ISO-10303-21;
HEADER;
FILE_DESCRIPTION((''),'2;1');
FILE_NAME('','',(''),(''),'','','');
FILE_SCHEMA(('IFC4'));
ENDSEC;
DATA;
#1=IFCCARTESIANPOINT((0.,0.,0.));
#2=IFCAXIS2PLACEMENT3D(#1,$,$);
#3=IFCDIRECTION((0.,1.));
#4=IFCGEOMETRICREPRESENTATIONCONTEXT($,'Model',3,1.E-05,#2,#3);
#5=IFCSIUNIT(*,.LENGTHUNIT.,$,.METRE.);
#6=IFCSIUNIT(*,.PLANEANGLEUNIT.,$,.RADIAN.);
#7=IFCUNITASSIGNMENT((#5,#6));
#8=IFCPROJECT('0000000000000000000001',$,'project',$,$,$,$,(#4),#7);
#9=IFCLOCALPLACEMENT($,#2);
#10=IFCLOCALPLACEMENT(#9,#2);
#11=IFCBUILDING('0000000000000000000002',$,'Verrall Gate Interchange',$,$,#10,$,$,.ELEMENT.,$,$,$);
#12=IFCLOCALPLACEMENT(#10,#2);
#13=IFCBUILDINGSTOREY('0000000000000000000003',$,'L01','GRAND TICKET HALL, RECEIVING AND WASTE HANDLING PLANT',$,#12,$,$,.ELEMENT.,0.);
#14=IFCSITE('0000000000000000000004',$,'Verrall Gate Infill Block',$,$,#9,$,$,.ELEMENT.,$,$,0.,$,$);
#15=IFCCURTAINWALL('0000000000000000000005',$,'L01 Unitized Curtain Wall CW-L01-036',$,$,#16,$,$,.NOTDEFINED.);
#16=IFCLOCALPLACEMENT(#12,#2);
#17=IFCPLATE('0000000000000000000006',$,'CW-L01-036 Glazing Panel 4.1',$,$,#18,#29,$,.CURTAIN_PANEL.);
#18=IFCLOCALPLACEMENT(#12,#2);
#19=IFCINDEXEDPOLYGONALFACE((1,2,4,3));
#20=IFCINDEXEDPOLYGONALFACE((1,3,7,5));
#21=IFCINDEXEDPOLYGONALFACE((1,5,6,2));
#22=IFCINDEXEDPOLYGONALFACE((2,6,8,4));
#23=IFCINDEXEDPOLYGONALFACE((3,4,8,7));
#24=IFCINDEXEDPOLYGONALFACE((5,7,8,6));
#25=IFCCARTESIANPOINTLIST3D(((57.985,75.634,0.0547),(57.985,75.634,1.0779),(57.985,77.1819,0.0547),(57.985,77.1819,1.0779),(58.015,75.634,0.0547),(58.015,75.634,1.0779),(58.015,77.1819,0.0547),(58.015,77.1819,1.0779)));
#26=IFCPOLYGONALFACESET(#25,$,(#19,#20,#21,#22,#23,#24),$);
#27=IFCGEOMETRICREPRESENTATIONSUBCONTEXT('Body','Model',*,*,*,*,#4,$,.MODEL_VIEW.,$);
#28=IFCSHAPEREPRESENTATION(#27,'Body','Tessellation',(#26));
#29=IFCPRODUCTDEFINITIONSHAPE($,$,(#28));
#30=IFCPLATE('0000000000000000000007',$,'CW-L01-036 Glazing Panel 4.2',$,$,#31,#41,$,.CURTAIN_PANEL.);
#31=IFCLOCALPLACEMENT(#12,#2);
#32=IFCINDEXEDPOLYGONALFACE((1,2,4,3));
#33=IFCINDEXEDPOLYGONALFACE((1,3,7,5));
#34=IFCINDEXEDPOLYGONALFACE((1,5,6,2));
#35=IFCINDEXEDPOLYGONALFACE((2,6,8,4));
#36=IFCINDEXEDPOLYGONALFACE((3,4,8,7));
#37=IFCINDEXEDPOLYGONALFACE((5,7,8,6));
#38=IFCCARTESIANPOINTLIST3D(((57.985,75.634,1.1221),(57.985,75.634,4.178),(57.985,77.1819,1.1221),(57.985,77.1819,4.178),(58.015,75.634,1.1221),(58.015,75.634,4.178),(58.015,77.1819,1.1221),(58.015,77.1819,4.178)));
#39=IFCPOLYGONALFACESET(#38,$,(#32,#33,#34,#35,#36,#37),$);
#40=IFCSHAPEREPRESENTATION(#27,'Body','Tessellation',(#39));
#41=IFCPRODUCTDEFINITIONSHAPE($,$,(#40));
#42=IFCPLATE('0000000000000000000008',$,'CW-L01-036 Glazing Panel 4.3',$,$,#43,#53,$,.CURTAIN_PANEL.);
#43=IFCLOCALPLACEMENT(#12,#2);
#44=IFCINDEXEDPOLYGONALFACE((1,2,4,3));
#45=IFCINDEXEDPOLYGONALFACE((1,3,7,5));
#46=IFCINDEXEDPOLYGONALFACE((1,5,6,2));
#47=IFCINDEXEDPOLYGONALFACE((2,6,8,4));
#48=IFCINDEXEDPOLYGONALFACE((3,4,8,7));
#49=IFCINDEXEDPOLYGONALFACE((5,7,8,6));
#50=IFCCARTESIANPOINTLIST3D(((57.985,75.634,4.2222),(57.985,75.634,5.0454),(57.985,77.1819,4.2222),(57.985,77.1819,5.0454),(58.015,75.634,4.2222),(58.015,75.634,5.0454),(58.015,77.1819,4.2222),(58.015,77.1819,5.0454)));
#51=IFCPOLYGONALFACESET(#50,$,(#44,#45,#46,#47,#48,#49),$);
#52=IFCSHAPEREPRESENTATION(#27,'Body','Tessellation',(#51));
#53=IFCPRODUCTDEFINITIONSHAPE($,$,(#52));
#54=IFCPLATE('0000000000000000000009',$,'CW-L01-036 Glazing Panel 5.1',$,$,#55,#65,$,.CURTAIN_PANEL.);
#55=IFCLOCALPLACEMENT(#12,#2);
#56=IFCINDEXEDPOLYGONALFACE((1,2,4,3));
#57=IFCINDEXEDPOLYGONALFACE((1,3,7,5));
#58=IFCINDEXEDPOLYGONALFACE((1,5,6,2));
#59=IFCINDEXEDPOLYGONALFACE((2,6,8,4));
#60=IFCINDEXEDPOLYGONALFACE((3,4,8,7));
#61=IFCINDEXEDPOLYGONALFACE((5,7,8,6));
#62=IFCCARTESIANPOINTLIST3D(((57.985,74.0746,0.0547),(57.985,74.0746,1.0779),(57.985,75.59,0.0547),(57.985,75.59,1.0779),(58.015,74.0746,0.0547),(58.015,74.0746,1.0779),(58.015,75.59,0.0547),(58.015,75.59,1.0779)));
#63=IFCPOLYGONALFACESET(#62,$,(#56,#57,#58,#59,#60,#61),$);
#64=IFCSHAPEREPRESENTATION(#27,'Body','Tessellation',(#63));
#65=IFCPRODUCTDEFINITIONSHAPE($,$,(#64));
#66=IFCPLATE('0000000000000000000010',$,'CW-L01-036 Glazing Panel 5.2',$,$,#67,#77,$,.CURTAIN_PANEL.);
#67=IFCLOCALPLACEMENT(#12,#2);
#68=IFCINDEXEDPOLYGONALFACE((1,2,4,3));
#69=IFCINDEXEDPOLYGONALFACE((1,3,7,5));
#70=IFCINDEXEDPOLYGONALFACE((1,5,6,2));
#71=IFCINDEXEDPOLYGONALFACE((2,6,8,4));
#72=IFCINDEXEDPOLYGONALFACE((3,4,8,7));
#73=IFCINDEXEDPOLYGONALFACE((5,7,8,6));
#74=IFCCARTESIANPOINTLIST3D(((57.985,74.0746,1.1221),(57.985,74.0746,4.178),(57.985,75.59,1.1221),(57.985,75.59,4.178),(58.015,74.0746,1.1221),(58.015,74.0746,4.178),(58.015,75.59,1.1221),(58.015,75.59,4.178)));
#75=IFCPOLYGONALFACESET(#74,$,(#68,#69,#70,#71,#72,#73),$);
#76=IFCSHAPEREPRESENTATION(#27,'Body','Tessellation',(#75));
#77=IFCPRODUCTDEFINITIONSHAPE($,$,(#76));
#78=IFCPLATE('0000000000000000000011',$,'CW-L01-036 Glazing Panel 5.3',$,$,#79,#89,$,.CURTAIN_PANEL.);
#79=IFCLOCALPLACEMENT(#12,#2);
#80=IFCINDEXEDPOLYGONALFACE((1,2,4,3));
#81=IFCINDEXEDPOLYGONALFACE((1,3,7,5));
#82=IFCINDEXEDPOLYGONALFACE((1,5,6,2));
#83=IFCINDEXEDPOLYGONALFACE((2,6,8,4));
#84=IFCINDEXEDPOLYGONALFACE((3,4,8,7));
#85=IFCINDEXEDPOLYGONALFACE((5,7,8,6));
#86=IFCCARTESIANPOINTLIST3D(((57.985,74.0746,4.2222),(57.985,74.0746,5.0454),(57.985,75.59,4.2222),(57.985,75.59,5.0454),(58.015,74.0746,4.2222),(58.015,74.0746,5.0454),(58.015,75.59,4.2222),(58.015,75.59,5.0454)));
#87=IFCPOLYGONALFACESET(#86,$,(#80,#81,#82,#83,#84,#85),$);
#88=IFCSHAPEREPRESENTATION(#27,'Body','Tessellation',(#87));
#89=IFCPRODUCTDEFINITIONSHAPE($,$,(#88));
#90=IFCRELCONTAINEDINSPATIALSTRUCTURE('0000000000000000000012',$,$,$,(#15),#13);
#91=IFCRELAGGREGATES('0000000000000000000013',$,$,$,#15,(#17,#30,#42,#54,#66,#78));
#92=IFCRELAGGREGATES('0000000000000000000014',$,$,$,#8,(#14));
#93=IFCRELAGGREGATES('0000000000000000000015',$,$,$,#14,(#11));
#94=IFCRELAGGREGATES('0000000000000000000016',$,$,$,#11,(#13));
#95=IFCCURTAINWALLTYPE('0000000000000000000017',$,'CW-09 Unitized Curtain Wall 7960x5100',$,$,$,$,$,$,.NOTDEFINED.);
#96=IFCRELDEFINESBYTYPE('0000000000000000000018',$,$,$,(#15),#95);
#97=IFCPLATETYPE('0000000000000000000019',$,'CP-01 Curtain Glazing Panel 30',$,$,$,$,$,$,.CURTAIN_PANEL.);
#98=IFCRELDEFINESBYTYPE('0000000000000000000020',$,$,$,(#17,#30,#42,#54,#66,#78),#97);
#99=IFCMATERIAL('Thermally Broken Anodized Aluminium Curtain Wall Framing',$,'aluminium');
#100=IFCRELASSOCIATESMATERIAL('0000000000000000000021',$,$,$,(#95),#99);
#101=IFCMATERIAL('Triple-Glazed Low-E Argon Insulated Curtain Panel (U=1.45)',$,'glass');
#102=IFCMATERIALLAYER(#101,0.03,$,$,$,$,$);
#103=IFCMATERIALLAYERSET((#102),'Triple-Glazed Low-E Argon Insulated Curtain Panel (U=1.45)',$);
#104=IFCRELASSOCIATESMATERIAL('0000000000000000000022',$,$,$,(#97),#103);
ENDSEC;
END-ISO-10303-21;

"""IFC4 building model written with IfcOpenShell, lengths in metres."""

from ifc_helpers import new_model, si_unit, direction, frame, origin, origin_2d, place, context, subcontext, project, spatial, rectangle, extrude, material, layer, layer_set, type_object, element, aggregate, save


model = new_model("IFC4")

# Units and contexts
model_context = context("Model", 3, precision=1e-05, world=origin(), true_north=direction((0.0, 1.0)))
body_context = subcontext(model_context, "Body", "Model", "MODEL_VIEW")
ifc_project = project(units=[si_unit("LENGTHUNIT", "METRE"), si_unit("PLANEANGLEUNIT", "RADIAN")], contexts=[model_context])

# Site, building, storey
site_placement = place(None, origin())
site = spatial("IfcSite", under=ifc_project, at=site_placement, Name="Verrall Gate Infill Block", CompositionType="ELEMENT", RefElevation=0.0)
building_placement = place(site_placement, origin())
building = spatial("IfcBuilding", under=site, at=building_placement, Name="Verrall Gate Interchange", CompositionType="ELEMENT")
storey_placement = place(building_placement, origin())
storey = spatial("IfcBuildingStorey", under=building, at=storey_placement, Name="L01", Description="GRAND TICKET HALL, RECEIVING AND WASTE HANDLING PLANT", CompositionType="ELEMENT", Elevation=0.0)

# Curtain wall
ifc_material_1 = material(Name="Thermally Broken Anodized Aluminium Curtain Wall Framing", Category="aluminium")
curtain_wall_type = type_object("IfcCurtainWallType", Name="CW-09 Unitized Curtain Wall 7960x5100", PredefinedType="NOTDEFINED", material=ifc_material_1)
curtain_wall_placement = place(storey_placement, origin())
curtain_wall = element("IfcCurtainWall", 1, at=curtain_wall_placement, inside=storey, type_object=curtain_wall_type, Name="L01 Unitized Curtain Wall CW-L01-036", PredefinedType="NOTDEFINED")

# Plates
ifc_material_2 = material(Name="Triple-Glazed Low-E Argon Insulated Curtain Panel (U=1.45)", Category="glass")
ifc_layer_1 = layer(ifc_material_2, 0.03)
ifc_layer_set_1 = layer_set([ifc_layer_1], Name="Triple-Glazed Low-E Argon Insulated Curtain Panel (U=1.45)")
plate_type_1 = type_object("IfcPlateType", Name="CP-01 Curtain Glazing Panel 30", PredefinedType="CURTAIN_PANEL", material=ifc_layer_set_1)
plate_1_placement = place(storey_placement, frame((58.0, 76.408, 0.0547), z_axis=(0.0, 0.0, 1.0), x_axis=(0.0, -1.0, 0.0)))
plate_1 = element("IfcPlate", 2, at=plate_1_placement, type_object=plate_type_1, Name="CW-L01-036 Glazing Panel 4.1", PredefinedType="CURTAIN_PANEL", context=body_context, shape_type="SweptSolid", body=[
    extrude(rectangle(XDim=1.5479, YDim=0.03, at=origin_2d()), origin(), (0.0, 0.0, 1.0), 1.0232),
])
plate_2_placement = place(storey_placement, frame((58.0, 76.408, 1.1221), z_axis=(0.0, 0.0, 1.0), x_axis=(0.0, -1.0, 0.0)))
plate_2 = element("IfcPlate", 3, at=plate_2_placement, type_object=plate_type_1, Name="CW-L01-036 Glazing Panel 4.2", PredefinedType="CURTAIN_PANEL", context=body_context, shape_type="SweptSolid", body=[
    extrude(rectangle(XDim=1.5479, YDim=0.03, at=origin_2d()), origin(), (0.0, 0.0, 1.0), 3.0559),
])
plate_3_placement = place(storey_placement, frame((58.0, 76.408, 4.2222), z_axis=(0.0, 0.0, 1.0), x_axis=(0.0, -1.0, 0.0)))
plate_3 = element("IfcPlate", 4, at=plate_3_placement, type_object=plate_type_1, Name="CW-L01-036 Glazing Panel 4.3", PredefinedType="CURTAIN_PANEL", context=body_context, shape_type="SweptSolid", body=[
    extrude(rectangle(XDim=1.5479, YDim=0.03, at=origin_2d()), origin(), (0.0, 0.0, 1.0), 0.8232),
])
plate_4_placement = place(storey_placement, frame((58.0, 74.8323, 0.0547), z_axis=(0.0, 0.0, 1.0), x_axis=(0.0, -1.0, 0.0)))
plate_4 = element("IfcPlate", 5, at=plate_4_placement, type_object=plate_type_1, Name="CW-L01-036 Glazing Panel 5.1", PredefinedType="CURTAIN_PANEL", context=body_context, shape_type="SweptSolid", body=[
    extrude(rectangle(XDim=1.5154, YDim=0.03, at=origin_2d()), origin(), (0.0, 0.0, 1.0), 1.0232),
])
plate_5_placement = place(storey_placement, frame((58.0, 74.8323, 1.1221), z_axis=(0.0, 0.0, 1.0), x_axis=(0.0, -1.0, 0.0)))
plate_5 = element("IfcPlate", 6, at=plate_5_placement, type_object=plate_type_1, Name="CW-L01-036 Glazing Panel 5.2", PredefinedType="CURTAIN_PANEL", context=body_context, shape_type="SweptSolid", body=[
    extrude(rectangle(XDim=1.5154, YDim=0.03, at=origin_2d()), origin(), (0.0, 0.0, 1.0), 3.0559),
])
plate_6_placement = place(storey_placement, frame((58.0, 74.8323, 4.2222), z_axis=(0.0, 0.0, 1.0), x_axis=(0.0, -1.0, 0.0)))
plate_6 = element("IfcPlate", 7, at=plate_6_placement, type_object=plate_type_1, Name="CW-L01-036 Glazing Panel 5.3", PredefinedType="CURTAIN_PANEL", context=body_context, shape_type="SweptSolid", body=[
    extrude(rectangle(XDim=1.5154, YDim=0.03, at=origin_2d()), origin(), (0.0, 0.0, 1.0), 0.8232),
])
aggregate(curtain_wall, [plate_1, plate_2, plate_3, plate_4, plate_5, plate_6])

save(model, "model.ifc")
